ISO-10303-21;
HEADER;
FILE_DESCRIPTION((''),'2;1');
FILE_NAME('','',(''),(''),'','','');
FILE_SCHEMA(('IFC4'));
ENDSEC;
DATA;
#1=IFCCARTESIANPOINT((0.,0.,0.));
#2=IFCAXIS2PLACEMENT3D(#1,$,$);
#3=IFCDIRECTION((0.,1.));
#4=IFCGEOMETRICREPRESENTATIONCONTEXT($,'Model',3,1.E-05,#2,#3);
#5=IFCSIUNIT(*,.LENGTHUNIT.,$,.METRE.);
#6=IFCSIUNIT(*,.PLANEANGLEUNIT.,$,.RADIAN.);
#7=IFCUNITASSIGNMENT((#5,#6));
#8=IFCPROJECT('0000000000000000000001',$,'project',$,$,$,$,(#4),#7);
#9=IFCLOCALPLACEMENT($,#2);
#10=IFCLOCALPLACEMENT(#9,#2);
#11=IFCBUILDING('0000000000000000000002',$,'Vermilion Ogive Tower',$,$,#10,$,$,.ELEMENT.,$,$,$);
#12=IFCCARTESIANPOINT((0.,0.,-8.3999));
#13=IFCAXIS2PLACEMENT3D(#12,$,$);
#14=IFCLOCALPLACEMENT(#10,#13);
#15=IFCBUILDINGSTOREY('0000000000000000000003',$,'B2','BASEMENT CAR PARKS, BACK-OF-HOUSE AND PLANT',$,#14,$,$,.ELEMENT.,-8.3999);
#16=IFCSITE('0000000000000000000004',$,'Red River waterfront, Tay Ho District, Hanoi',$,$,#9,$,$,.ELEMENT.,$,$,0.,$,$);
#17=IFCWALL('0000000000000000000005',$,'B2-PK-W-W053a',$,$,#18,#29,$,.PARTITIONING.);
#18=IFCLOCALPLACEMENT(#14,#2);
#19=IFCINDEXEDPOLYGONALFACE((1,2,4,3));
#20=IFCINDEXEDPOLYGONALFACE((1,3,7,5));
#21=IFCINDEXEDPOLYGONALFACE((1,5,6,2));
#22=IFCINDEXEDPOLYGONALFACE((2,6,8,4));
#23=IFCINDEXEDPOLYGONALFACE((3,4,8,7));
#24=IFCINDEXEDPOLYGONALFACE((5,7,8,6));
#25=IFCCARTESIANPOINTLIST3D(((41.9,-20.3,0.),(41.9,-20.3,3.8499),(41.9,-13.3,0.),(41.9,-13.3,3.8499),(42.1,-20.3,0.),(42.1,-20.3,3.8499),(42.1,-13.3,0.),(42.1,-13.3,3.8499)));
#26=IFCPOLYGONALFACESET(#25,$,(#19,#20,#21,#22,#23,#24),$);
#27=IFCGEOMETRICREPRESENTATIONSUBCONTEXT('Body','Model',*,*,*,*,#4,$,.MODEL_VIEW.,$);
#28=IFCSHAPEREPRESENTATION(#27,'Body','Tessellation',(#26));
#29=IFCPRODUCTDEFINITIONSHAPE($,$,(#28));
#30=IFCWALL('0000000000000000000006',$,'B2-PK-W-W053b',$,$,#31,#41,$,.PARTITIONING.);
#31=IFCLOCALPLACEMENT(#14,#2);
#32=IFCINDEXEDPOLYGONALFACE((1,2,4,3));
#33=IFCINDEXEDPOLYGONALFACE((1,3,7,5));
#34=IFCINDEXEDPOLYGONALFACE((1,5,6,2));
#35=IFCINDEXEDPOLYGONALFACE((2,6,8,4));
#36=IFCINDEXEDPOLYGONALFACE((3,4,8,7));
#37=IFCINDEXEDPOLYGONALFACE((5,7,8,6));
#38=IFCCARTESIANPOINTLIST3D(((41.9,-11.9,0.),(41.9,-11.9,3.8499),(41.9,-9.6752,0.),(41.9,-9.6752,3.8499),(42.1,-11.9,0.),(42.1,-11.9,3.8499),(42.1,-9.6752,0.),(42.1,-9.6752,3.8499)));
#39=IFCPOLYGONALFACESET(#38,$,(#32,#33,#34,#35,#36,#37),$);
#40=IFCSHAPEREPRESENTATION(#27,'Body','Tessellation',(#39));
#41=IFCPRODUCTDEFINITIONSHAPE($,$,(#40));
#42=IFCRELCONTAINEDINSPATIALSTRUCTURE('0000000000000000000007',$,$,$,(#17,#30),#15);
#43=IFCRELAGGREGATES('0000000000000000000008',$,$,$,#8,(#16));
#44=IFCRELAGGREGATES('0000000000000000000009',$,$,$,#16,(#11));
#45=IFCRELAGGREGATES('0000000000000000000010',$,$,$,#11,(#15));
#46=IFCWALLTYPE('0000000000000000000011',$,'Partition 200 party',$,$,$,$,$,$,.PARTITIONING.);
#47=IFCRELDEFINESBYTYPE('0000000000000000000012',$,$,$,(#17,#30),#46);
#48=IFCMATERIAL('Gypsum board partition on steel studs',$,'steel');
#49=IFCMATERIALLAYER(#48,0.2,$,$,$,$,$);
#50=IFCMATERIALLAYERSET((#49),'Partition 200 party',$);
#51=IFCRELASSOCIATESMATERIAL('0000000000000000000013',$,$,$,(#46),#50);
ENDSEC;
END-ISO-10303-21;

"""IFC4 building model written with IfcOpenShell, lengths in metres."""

from ifc_helpers import new_model, si_unit, direction, frame, frame_2d, origin, place, context, subcontext, project, spatial, rectangle, extrude, material, layer, layer_set, type_object, element, save


model = new_model("IFC4")

# Units and contexts
model_context = context("Model", 3, precision=1e-05, world=origin(), true_north=direction((0.0, 1.0)))
body_context = subcontext(model_context, "Body", "Model", "MODEL_VIEW")
ifc_project = project(units=[si_unit("LENGTHUNIT", "METRE"), si_unit("PLANEANGLEUNIT", "RADIAN")], contexts=[model_context])

# Site, building, storey
site_placement = place(None, origin())
site = spatial("IfcSite", under=ifc_project, at=site_placement, Name="Red River waterfront, Tay Ho District, Hanoi", CompositionType="ELEMENT", RefElevation=0.0)
building_placement = place(site_placement, origin())
building = spatial("IfcBuilding", under=site, at=building_placement, Name="Vermilion Ogive Tower", CompositionType="ELEMENT")
storey_placement = place(building_placement, frame((0.0, 0.0, -8.3999)))
storey = spatial("IfcBuildingStorey", under=building, at=storey_placement, Name="B2", Description="BASEMENT CAR PARKS, BACK-OF-HOUSE AND PLANT", CompositionType="ELEMENT", Elevation=-8.3999)

# Walls
ifc_material_1 = material(Name="Gypsum board partition on steel studs", Category="steel")
ifc_layer = layer(ifc_material_1, 0.2)
ifc_layer_set = layer_set([ifc_layer], Name="Partition 200 party")
wall_type = type_object("IfcWallType", Name="Partition 200 party", PredefinedType="PARTITIONING", material=ifc_layer_set)
wall_1_placement = place(storey_placement, frame((42.0, -20.3, 0.0), z_axis=(0.0, 0.0, 1.0), x_axis=(0.0, 1.0, 0.0)))
element("IfcWall", 1, at=wall_1_placement, inside=storey, type_object=wall_type, Name="B2-PK-W-W053a", PredefinedType="PARTITIONING", context=body_context, shape_type="SweptSolid", body=[
    extrude(rectangle(XDim=7.0, YDim=0.2, at=frame_2d((3.5, 0.0))), origin(), (0.0, 0.0, 1.0), 3.8499),
])
wall_2_placement = place(storey_placement, frame((42.0, -11.8999, 0.0), z_axis=(0.0, 0.0, 1.0), x_axis=(0.0, 1.0, 0.0)))
element("IfcWall", 2, at=wall_2_placement, inside=storey, type_object=wall_type, Name="B2-PK-W-W053b", PredefinedType="PARTITIONING", context=body_context, shape_type="SweptSolid", body=[
    extrude(rectangle(XDim=2.2249, YDim=0.2, at=frame_2d((1.1123, 0.0))), origin(), (0.0, 0.0, 1.0), 3.8499),
])

save(model, "model.ifc")
